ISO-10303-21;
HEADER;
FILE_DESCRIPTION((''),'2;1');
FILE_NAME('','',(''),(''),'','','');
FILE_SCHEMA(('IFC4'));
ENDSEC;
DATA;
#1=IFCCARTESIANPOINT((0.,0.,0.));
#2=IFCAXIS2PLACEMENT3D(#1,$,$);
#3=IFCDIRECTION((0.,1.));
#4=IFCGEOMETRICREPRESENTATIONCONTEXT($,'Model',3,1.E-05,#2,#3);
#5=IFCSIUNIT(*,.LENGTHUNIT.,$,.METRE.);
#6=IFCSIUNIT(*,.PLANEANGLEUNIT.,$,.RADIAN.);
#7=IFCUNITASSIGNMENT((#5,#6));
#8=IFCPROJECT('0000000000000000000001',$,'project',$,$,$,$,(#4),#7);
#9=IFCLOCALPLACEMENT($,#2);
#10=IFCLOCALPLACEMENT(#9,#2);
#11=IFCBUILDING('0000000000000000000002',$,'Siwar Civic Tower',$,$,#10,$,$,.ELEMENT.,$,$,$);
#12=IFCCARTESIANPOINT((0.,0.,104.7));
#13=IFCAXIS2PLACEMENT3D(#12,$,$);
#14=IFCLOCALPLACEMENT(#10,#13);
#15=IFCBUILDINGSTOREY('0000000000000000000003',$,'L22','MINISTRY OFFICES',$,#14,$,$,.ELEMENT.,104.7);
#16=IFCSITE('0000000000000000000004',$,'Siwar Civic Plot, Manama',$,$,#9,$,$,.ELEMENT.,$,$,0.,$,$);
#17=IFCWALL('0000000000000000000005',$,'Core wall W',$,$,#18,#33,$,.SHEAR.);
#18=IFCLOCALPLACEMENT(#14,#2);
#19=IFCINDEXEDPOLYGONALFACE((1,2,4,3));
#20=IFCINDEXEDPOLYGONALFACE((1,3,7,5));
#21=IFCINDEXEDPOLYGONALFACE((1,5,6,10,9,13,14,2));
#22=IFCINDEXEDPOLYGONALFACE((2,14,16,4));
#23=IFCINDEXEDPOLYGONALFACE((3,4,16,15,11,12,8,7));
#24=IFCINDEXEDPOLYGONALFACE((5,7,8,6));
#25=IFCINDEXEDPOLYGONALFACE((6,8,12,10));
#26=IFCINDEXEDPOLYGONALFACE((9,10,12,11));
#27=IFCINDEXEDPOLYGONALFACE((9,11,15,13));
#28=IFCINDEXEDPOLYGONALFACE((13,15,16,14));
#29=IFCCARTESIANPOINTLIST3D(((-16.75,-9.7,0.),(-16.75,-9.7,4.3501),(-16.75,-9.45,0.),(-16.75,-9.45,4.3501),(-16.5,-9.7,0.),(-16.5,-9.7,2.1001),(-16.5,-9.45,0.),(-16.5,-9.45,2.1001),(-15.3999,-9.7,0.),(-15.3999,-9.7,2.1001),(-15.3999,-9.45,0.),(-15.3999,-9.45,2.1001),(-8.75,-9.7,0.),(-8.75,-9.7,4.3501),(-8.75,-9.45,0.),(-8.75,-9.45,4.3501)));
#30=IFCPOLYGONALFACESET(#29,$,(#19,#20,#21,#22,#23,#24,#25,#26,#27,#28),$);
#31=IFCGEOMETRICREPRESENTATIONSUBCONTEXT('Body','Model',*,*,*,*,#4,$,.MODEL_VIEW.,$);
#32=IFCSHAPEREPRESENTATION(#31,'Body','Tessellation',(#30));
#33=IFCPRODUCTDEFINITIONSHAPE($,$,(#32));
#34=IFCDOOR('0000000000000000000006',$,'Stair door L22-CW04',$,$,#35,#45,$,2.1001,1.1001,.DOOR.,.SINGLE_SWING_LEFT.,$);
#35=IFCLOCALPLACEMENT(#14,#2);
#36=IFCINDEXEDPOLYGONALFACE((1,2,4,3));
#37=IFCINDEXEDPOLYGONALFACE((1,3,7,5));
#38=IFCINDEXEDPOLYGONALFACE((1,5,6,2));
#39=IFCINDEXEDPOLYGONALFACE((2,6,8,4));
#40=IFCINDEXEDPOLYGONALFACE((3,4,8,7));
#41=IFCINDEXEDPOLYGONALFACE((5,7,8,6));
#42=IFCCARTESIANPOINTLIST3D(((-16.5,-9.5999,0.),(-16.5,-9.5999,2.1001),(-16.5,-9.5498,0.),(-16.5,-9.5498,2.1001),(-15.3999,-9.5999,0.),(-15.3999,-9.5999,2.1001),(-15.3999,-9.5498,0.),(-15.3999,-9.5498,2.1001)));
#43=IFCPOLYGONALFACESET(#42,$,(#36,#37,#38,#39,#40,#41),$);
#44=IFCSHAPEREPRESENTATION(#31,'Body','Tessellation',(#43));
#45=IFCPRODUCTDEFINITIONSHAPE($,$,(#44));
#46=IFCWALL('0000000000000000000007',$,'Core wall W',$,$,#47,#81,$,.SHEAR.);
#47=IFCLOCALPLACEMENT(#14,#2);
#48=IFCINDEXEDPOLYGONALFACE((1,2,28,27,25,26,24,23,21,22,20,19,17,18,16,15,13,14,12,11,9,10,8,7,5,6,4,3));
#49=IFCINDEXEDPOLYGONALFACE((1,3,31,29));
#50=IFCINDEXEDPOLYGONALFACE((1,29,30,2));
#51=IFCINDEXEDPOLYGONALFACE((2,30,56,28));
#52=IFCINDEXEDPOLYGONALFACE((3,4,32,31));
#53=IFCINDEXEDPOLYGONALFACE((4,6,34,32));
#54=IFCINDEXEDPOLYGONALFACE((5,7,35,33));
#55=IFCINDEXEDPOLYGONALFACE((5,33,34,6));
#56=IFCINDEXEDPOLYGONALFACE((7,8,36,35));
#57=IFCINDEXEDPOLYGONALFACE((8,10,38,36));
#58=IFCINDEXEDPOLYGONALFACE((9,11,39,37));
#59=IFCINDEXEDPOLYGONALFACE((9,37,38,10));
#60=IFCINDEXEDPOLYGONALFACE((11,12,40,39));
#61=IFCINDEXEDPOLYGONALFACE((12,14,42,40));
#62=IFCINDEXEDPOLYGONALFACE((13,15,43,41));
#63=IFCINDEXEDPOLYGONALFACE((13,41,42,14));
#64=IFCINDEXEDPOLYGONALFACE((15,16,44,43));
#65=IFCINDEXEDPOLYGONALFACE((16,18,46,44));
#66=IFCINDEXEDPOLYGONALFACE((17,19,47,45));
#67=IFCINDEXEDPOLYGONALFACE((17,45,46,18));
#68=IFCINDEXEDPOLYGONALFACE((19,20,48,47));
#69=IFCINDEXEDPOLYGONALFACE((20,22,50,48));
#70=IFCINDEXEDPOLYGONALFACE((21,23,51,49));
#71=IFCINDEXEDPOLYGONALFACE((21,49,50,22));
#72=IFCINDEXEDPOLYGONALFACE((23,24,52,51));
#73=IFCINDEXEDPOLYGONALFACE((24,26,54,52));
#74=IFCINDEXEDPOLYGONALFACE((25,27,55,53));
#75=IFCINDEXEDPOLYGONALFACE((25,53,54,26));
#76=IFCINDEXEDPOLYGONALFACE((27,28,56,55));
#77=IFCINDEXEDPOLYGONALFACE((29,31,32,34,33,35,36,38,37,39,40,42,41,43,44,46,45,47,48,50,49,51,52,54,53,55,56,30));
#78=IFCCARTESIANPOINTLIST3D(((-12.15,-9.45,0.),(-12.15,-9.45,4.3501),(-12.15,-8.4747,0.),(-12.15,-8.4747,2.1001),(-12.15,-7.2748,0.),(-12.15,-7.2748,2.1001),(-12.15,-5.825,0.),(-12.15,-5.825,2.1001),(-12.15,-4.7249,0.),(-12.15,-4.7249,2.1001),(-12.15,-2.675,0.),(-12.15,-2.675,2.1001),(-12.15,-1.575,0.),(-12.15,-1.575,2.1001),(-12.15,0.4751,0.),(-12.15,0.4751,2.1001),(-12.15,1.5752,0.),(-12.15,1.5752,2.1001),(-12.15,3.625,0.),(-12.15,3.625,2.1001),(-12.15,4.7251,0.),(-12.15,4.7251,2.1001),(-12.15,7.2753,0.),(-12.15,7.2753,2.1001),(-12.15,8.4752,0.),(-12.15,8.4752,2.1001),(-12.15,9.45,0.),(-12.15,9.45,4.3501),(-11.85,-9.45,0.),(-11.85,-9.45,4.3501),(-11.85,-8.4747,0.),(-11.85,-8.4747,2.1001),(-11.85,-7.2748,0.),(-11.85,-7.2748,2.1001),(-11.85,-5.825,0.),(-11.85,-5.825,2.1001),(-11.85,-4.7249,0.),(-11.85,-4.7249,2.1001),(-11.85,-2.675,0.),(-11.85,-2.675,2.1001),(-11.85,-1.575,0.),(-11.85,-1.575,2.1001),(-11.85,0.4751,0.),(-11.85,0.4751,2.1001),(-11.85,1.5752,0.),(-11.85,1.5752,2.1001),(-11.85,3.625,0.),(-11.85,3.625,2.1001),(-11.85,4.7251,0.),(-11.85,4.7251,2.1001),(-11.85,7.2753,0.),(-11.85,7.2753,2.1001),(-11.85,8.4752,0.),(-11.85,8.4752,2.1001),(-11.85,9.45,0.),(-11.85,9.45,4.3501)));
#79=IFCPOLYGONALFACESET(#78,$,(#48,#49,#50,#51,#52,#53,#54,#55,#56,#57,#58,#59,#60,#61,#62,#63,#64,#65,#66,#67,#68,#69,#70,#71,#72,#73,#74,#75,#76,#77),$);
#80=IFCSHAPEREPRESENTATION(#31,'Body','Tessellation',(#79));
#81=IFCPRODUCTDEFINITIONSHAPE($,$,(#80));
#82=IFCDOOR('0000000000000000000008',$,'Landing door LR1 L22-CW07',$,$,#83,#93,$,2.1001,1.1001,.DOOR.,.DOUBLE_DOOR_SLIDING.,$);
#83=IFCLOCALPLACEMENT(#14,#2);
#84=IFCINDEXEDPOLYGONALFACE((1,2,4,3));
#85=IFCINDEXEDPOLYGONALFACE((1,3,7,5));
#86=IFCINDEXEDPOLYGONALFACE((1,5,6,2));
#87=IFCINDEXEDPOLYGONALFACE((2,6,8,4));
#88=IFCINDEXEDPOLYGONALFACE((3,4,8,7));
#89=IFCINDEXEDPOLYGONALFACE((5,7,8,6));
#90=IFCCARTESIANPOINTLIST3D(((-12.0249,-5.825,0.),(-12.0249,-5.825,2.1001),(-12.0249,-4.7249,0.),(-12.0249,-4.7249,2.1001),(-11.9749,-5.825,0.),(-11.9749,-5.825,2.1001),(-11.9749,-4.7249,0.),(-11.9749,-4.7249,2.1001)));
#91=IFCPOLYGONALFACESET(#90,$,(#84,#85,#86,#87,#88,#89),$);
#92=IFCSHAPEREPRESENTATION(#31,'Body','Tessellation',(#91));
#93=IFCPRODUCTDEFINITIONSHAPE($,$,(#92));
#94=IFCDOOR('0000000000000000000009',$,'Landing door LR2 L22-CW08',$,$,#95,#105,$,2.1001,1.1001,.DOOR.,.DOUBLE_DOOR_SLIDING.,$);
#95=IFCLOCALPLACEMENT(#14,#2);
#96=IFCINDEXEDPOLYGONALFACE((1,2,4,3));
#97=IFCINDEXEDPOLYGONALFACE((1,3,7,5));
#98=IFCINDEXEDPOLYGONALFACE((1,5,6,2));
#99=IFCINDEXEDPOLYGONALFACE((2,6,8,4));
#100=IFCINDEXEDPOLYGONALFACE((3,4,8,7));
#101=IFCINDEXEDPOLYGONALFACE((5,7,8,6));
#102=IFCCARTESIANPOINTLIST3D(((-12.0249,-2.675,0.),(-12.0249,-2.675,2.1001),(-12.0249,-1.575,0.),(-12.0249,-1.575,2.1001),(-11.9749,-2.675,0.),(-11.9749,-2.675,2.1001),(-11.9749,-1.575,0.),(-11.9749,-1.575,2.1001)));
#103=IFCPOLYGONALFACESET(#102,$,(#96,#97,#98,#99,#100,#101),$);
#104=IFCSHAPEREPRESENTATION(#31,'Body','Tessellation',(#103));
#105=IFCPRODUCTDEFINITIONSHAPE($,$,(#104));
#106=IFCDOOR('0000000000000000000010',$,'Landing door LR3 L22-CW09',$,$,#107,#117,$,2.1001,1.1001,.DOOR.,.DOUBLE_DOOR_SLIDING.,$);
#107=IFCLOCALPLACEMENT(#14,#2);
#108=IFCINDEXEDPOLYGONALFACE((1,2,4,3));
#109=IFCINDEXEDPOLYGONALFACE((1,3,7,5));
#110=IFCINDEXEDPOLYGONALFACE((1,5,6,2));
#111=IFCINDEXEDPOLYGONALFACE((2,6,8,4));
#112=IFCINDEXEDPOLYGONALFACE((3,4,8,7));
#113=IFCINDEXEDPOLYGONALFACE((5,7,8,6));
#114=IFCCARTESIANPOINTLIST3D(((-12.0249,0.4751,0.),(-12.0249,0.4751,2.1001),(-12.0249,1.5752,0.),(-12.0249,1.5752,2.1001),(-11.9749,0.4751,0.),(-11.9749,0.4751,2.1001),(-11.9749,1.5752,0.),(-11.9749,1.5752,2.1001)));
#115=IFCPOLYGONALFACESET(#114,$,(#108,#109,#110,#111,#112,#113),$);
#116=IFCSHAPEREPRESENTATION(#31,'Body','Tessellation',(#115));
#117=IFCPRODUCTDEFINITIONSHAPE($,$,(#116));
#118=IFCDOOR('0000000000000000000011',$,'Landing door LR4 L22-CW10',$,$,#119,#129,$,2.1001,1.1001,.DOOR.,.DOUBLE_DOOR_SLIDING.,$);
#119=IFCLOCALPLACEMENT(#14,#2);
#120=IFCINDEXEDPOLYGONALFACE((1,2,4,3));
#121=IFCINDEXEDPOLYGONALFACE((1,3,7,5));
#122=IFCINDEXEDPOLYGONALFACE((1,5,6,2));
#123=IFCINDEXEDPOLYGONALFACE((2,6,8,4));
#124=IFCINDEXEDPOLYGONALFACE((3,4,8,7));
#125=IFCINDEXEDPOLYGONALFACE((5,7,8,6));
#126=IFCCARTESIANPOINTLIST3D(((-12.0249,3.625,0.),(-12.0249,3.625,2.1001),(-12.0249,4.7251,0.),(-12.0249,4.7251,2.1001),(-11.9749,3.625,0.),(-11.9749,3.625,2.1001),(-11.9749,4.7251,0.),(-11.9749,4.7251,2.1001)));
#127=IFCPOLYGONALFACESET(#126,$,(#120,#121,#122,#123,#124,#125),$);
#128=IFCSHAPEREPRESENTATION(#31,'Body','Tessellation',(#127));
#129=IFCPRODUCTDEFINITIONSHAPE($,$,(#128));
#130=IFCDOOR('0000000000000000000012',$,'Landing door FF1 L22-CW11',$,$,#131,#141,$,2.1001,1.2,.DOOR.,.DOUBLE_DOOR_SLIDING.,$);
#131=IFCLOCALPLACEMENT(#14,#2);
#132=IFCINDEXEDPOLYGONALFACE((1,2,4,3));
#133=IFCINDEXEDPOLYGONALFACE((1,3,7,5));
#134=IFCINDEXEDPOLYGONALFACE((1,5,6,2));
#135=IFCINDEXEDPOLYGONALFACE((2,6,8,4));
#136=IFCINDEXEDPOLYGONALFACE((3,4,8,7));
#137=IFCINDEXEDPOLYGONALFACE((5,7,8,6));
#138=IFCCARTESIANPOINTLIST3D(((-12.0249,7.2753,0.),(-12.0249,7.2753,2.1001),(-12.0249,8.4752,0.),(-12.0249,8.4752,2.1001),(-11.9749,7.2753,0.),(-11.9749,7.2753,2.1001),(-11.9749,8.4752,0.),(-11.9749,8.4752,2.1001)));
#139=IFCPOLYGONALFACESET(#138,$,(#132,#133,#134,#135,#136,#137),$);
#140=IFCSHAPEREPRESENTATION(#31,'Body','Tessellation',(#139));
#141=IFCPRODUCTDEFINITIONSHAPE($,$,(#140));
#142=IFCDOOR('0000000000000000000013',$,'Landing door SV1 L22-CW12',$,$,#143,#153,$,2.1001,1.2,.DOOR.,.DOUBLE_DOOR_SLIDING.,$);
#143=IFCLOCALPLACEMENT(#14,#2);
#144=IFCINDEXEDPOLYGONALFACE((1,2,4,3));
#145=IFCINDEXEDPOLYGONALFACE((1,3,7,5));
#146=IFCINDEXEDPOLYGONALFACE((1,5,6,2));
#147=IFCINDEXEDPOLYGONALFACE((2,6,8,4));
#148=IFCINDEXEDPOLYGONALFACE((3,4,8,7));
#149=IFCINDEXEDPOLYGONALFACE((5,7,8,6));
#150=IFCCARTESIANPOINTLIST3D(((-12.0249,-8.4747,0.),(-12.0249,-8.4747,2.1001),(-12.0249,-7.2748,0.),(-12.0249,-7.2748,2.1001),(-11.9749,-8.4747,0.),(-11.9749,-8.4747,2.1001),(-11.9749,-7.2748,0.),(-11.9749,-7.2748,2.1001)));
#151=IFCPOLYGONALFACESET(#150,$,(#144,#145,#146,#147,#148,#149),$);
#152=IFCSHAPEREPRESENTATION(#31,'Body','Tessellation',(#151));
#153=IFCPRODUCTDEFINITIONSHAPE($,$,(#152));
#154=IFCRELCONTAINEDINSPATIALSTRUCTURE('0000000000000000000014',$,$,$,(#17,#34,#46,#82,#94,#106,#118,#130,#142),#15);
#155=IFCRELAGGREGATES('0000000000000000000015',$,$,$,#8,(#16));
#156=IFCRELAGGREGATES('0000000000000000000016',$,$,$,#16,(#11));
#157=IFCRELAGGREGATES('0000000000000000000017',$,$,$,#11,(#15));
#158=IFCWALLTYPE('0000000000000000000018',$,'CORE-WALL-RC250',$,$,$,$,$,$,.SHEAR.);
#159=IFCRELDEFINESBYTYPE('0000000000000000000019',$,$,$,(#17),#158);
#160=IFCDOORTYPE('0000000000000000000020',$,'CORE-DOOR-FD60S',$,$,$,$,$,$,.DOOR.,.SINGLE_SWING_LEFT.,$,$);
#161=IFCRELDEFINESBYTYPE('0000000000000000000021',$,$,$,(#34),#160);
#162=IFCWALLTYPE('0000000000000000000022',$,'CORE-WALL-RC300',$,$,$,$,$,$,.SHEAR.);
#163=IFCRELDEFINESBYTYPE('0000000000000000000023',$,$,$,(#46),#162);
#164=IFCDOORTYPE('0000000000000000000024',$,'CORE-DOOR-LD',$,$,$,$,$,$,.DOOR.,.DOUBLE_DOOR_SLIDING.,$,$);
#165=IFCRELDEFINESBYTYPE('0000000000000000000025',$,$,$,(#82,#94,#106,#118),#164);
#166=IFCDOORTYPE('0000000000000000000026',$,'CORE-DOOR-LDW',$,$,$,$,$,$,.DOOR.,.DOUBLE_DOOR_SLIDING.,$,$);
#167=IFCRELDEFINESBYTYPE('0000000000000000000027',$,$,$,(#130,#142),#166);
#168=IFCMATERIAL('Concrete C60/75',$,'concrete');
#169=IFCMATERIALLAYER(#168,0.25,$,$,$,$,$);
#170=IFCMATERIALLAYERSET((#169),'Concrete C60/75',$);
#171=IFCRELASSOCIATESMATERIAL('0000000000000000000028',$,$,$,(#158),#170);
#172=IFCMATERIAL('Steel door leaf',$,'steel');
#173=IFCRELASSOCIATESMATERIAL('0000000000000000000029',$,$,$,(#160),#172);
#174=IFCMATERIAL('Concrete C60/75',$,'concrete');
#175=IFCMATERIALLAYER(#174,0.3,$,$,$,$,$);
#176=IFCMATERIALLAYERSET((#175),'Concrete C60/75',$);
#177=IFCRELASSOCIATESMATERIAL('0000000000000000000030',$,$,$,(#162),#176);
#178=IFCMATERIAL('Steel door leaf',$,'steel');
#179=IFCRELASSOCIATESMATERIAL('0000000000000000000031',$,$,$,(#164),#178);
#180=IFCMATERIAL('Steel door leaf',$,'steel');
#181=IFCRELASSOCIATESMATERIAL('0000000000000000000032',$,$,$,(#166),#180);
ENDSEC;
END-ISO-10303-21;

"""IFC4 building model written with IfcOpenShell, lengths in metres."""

from ifc_helpers import new_model, si_unit, direction, frame, frame_2d, origin, place, context, subcontext, project, spatial, rectangle, extrude, material, layer, layer_set, type_object, element, fill, save


model = new_model("IFC4")

# Units and contexts
model_context = context("Model", 3, precision=1e-05, world=origin(), true_north=direction((0.0, 1.0)))
body_context = subcontext(model_context, "Body", "Model", "MODEL_VIEW")
ifc_project = project(units=[si_unit("LENGTHUNIT", "METRE"), si_unit("PLANEANGLEUNIT", "RADIAN")], contexts=[model_context])

# Site, building, storey
site_placement = place(None, origin())
site = spatial("IfcSite", under=ifc_project, at=site_placement, Name="Siwar Civic Plot, Manama", CompositionType="ELEMENT", RefElevation=0.0)
building_placement = place(site_placement, origin())
building = spatial("IfcBuilding", under=site, at=building_placement, Name="Siwar Civic Tower", CompositionType="ELEMENT")
storey_placement = place(building_placement, frame((0.0, 0.0, 104.7)))
storey = spatial("IfcBuildingStorey", under=building, at=storey_placement, Name="L22", Description="MINISTRY OFFICES", CompositionType="ELEMENT", Elevation=104.7)

# Shared definitions
ifc_material_1 = material(Name="Concrete C60/75", Category="concrete")
ifc_layer_1 = layer(ifc_material_1, 0.25)
ifc_layer_set_1 = layer_set([ifc_layer_1], Name="Concrete C60/75")
wall_type_1 = type_object("IfcWallType", Name="CORE-WALL-RC250", PredefinedType="SHEAR", material=ifc_layer_set_1)

# Wall, opening, door
wall_1_placement = place(storey_placement, frame((-8.75, -9.575, 0.0), z_axis=(0.0, 0.0, 1.0), x_axis=(-1.0, 0.0, 0.0)))
wall_1 = element("IfcWall", 1, at=wall_1_placement, inside=storey, type_object=wall_type_1, Name="Core wall W", PredefinedType="SHEAR", context=body_context, shape_type="SweptSolid", body=[
    extrude(rectangle(XDim=8.0, YDim=0.25, at=frame_2d((4.0, 0.0))), origin(), (0.0, 0.0, 1.0), 4.3501),
])
opening_1_placement = place(wall_1_placement, frame((6.6499, 0.0, 0.0)))
opening_1 = element("IfcOpeningElement", 2, at=opening_1_placement, cuts=wall_1, PredefinedType="OPENING", context=body_context, shape_type="SweptSolid", body=[
    extrude(rectangle(XDim=1.1001, YDim=2.1001, at=frame_2d((0.55, 1.05))), frame((0.0, 0.135, 0.0), z_axis=(0.0, -1.0, 0.0), x_axis=(1.0, 0.0, 0.0)), (0.0, 0.0, 1.0), 0.27),
])
ifc_material_2 = material(Name="Steel door leaf", Category="steel")
door_type_1 = type_object("IfcDoorType", Name="CORE-DOOR-FD60S", OperationType="SINGLE_SWING_LEFT", PredefinedType="DOOR", material=ifc_material_2)
door_1_placement = place(opening_1_placement, origin())
door_1 = element("IfcDoor", 3, at=door_1_placement, inside=storey, type_object=door_type_1, Name="Stair door L22-CW04", OperationType="SINGLE_SWING_LEFT", OverallHeight=2.1001, OverallWidth=1.1001, PredefinedType="DOOR", context=body_context, shape_type="SweptSolid", body=[
    extrude(rectangle(XDim=1.1001, YDim=2.1001, at=frame_2d((0.55, 1.05))), frame((0.0, 0.0249, 0.0), z_axis=(0.0, -1.0, 0.0), x_axis=(1.0, 0.0, 0.0)), (0.0, 0.0, 1.0), 0.05),
])
fill(opening_1, door_1)

# Wall, openings, doors
ifc_material_3 = material(Name="Concrete C60/75", Category="concrete")
ifc_layer_2 = layer(ifc_material_3, 0.3)
ifc_layer_set_2 = layer_set([ifc_layer_2], Name="Concrete C60/75")
wall_type_2 = type_object("IfcWallType", Name="CORE-WALL-RC300", PredefinedType="SHEAR", material=ifc_layer_set_2)
wall_2_placement = place(storey_placement, frame((-12.0, -9.45, 0.0), z_axis=(0.0, 0.0, 1.0), x_axis=(0.0, 1.0, 0.0)))
wall_2 = element("IfcWall", 4, at=wall_2_placement, inside=storey, type_object=wall_type_2, Name="Core wall W", PredefinedType="SHEAR", context=body_context, shape_type="SweptSolid", body=[
    extrude(rectangle(XDim=18.8999, YDim=0.3, at=frame_2d((9.45, 0.0))), origin(), (0.0, 0.0, 1.0), 4.3501),
])
opening_2_placement = place(wall_2_placement, frame((3.625, 0.0, 0.0)))
opening_2 = element("IfcOpeningElement", 5, at=opening_2_placement, cuts=wall_2, PredefinedType="OPENING", context=body_context, shape_type="SweptSolid", body=[
    extrude(rectangle(XDim=1.1001, YDim=2.1001, at=frame_2d((0.55, 1.05))), frame((0.0, 0.1602, 0.0), z_axis=(0.0, -1.0, 0.0), x_axis=(1.0, 0.0, 0.0)), (0.0, 0.0, 1.0), 0.3201),
])
opening_3_placement = place(wall_2_placement, frame((6.7749, 0.0, 0.0)))
opening_3 = element("IfcOpeningElement", 6, at=opening_3_placement, cuts=wall_2, PredefinedType="OPENING", context=body_context, shape_type="SweptSolid", body=[
    extrude(rectangle(XDim=1.1001, YDim=2.1001, at=frame_2d((0.55, 1.05))), frame((0.0, 0.1602, 0.0), z_axis=(0.0, -1.0, 0.0), x_axis=(1.0, 0.0, 0.0)), (0.0, 0.0, 1.0), 0.3201),
])
opening_4_placement = place(wall_2_placement, frame((9.925, 0.0, 0.0)))
opening_4 = element("IfcOpeningElement", 7, at=opening_4_placement, cuts=wall_2, PredefinedType="OPENING", context=body_context, shape_type="SweptSolid", body=[
    extrude(rectangle(XDim=1.1001, YDim=2.1001, at=frame_2d((0.55, 1.05))), frame((0.0, 0.1602, 0.0), z_axis=(0.0, -1.0, 0.0), x_axis=(1.0, 0.0, 0.0)), (0.0, 0.0, 1.0), 0.3201),
])
opening_5_placement = place(wall_2_placement, frame((13.075, 0.0, 0.0)))
opening_5 = element("IfcOpeningElement", 8, at=opening_5_placement, cuts=wall_2, PredefinedType="OPENING", context=body_context, shape_type="SweptSolid", body=[
    extrude(rectangle(XDim=1.1001, YDim=2.1001, at=frame_2d((0.55, 1.05))), frame((0.0, 0.1602, 0.0), z_axis=(0.0, -1.0, 0.0), x_axis=(1.0, 0.0, 0.0)), (0.0, 0.0, 1.0), 0.3201),
])
opening_6_placement = place(wall_2_placement, frame((16.7251, 0.0, 0.0)))
opening_6 = element("IfcOpeningElement", 9, at=opening_6_placement, cuts=wall_2, PredefinedType="OPENING", context=body_context, shape_type="SweptSolid", body=[
    extrude(rectangle(XDim=1.2, YDim=2.1001, at=frame_2d((0.6001, 1.05))), frame((0.0, 0.1602, 0.0), z_axis=(0.0, -1.0, 0.0), x_axis=(1.0, 0.0, 0.0)), (0.0, 0.0, 1.0), 0.3201),
])
opening_7_placement = place(wall_2_placement, frame((0.9751, 0.0, 0.0)))
opening_7 = element("IfcOpeningElement", 10, at=opening_7_placement, cuts=wall_2, PredefinedType="OPENING", context=body_context, shape_type="SweptSolid", body=[
    extrude(rectangle(XDim=1.2, YDim=2.1001, at=frame_2d((0.6001, 1.05))), frame((0.0, 0.1602, 0.0), z_axis=(0.0, -1.0, 0.0), x_axis=(1.0, 0.0, 0.0)), (0.0, 0.0, 1.0), 0.3201),
])
ifc_material_4 = material(Name="Steel door leaf", Category="steel")
door_type_2 = type_object("IfcDoorType", Name="CORE-DOOR-LD", OperationType="DOUBLE_DOOR_SLIDING", PredefinedType="DOOR", material=ifc_material_4)
door_2_placement = place(opening_2_placement, origin())
door_2 = element("IfcDoor", 11, at=door_2_placement, inside=storey, type_object=door_type_2, Name="Landing door LR1 L22-CW07", OperationType="DOUBLE_DOOR_SLIDING", OverallHeight=2.1001, OverallWidth=1.1001, PredefinedType="DOOR", context=body_context, shape_type="SweptSolid", body=[
    extrude(rectangle(XDim=1.1001, YDim=2.1001, at=frame_2d((0.55, 1.05))), frame((0.0, 0.0249, 0.0), z_axis=(0.0, -1.0, 0.0), x_axis=(1.0, 0.0, 0.0)), (0.0, 0.0, 1.0), 0.05),
])
fill(opening_2, door_2)
door_3_placement = place(opening_3_placement, origin())
door_3 = element("IfcDoor", 12, at=door_3_placement, inside=storey, type_object=door_type_2, Name="Landing door LR2 L22-CW08", OperationType="DOUBLE_DOOR_SLIDING", OverallHeight=2.1001, OverallWidth=1.1001, PredefinedType="DOOR", context=body_context, shape_type="SweptSolid", body=[
    extrude(rectangle(XDim=1.1001, YDim=2.1001, at=frame_2d((0.55, 1.05))), frame((0.0, 0.0249, 0.0), z_axis=(0.0, -1.0, 0.0), x_axis=(1.0, 0.0, 0.0)), (0.0, 0.0, 1.0), 0.05),
])
fill(opening_3, door_3)
door_4_placement = place(opening_4_placement, origin())
door_4 = element("IfcDoor", 13, at=door_4_placement, inside=storey, type_object=door_type_2, Name="Landing door LR3 L22-CW09", OperationType="DOUBLE_DOOR_SLIDING", OverallHeight=2.1001, OverallWidth=1.1001, PredefinedType="DOOR", context=body_context, shape_type="SweptSolid", body=[
    extrude(rectangle(XDim=1.1001, YDim=2.1001, at=frame_2d((0.55, 1.05))), frame((0.0, 0.0249, 0.0), z_axis=(0.0, -1.0, 0.0), x_axis=(1.0, 0.0, 0.0)), (0.0, 0.0, 1.0), 0.05),
])
fill(opening_4, door_4)
door_5_placement = place(opening_5_placement, origin())
door_5 = element("IfcDoor", 14, at=door_5_placement, inside=storey, type_object=door_type_2, Name="Landing door LR4 L22-CW10", OperationType="DOUBLE_DOOR_SLIDING", OverallHeight=2.1001, OverallWidth=1.1001, PredefinedType="DOOR", context=body_context, shape_type="SweptSolid", body=[
    extrude(rectangle(XDim=1.1001, YDim=2.1001, at=frame_2d((0.55, 1.05))), frame((0.0, 0.0249, 0.0), z_axis=(0.0, -1.0, 0.0), x_axis=(1.0, 0.0, 0.0)), (0.0, 0.0, 1.0), 0.05),
])
fill(opening_5, door_5)
ifc_material_5 = material(Name="Steel door leaf", Category="steel")
door_type_3 = type_object("IfcDoorType", Name="CORE-DOOR-LDW", OperationType="DOUBLE_DOOR_SLIDING", PredefinedType="DOOR", material=ifc_material_5)
door_6_placement = place(opening_6_placement, origin())
door_6 = element("IfcDoor", 15, at=door_6_placement, inside=storey, type_object=door_type_3, Name="Landing door FF1 L22-CW11", OperationType="DOUBLE_DOOR_SLIDING", OverallHeight=2.1001, OverallWidth=1.2, PredefinedType="DOOR", context=body_context, shape_type="SweptSolid", body=[
    extrude(rectangle(XDim=1.2, YDim=2.1001, at=frame_2d((0.6001, 1.05))), frame((0.0, 0.0249, 0.0), z_axis=(0.0, -1.0, 0.0), x_axis=(1.0, 0.0, 0.0)), (0.0, 0.0, 1.0), 0.05),
])
fill(opening_6, door_6)
door_7_placement = place(opening_7_placement, origin())
door_7 = element("IfcDoor", 16, at=door_7_placement, inside=storey, type_object=door_type_3, Name="Landing door SV1 L22-CW12", OperationType="DOUBLE_DOOR_SLIDING", OverallHeight=2.1001, OverallWidth=1.2, PredefinedType="DOOR", context=body_context, shape_type="SweptSolid", body=[
    extrude(rectangle(XDim=1.2, YDim=2.1001, at=frame_2d((0.6001, 1.05))), frame((0.0, 0.0249, 0.0), z_axis=(0.0, -1.0, 0.0), x_axis=(1.0, 0.0, 0.0)), (0.0, 0.0, 1.0), 0.05),
])
fill(opening_7, door_7)

save(model, "model.ifc")
